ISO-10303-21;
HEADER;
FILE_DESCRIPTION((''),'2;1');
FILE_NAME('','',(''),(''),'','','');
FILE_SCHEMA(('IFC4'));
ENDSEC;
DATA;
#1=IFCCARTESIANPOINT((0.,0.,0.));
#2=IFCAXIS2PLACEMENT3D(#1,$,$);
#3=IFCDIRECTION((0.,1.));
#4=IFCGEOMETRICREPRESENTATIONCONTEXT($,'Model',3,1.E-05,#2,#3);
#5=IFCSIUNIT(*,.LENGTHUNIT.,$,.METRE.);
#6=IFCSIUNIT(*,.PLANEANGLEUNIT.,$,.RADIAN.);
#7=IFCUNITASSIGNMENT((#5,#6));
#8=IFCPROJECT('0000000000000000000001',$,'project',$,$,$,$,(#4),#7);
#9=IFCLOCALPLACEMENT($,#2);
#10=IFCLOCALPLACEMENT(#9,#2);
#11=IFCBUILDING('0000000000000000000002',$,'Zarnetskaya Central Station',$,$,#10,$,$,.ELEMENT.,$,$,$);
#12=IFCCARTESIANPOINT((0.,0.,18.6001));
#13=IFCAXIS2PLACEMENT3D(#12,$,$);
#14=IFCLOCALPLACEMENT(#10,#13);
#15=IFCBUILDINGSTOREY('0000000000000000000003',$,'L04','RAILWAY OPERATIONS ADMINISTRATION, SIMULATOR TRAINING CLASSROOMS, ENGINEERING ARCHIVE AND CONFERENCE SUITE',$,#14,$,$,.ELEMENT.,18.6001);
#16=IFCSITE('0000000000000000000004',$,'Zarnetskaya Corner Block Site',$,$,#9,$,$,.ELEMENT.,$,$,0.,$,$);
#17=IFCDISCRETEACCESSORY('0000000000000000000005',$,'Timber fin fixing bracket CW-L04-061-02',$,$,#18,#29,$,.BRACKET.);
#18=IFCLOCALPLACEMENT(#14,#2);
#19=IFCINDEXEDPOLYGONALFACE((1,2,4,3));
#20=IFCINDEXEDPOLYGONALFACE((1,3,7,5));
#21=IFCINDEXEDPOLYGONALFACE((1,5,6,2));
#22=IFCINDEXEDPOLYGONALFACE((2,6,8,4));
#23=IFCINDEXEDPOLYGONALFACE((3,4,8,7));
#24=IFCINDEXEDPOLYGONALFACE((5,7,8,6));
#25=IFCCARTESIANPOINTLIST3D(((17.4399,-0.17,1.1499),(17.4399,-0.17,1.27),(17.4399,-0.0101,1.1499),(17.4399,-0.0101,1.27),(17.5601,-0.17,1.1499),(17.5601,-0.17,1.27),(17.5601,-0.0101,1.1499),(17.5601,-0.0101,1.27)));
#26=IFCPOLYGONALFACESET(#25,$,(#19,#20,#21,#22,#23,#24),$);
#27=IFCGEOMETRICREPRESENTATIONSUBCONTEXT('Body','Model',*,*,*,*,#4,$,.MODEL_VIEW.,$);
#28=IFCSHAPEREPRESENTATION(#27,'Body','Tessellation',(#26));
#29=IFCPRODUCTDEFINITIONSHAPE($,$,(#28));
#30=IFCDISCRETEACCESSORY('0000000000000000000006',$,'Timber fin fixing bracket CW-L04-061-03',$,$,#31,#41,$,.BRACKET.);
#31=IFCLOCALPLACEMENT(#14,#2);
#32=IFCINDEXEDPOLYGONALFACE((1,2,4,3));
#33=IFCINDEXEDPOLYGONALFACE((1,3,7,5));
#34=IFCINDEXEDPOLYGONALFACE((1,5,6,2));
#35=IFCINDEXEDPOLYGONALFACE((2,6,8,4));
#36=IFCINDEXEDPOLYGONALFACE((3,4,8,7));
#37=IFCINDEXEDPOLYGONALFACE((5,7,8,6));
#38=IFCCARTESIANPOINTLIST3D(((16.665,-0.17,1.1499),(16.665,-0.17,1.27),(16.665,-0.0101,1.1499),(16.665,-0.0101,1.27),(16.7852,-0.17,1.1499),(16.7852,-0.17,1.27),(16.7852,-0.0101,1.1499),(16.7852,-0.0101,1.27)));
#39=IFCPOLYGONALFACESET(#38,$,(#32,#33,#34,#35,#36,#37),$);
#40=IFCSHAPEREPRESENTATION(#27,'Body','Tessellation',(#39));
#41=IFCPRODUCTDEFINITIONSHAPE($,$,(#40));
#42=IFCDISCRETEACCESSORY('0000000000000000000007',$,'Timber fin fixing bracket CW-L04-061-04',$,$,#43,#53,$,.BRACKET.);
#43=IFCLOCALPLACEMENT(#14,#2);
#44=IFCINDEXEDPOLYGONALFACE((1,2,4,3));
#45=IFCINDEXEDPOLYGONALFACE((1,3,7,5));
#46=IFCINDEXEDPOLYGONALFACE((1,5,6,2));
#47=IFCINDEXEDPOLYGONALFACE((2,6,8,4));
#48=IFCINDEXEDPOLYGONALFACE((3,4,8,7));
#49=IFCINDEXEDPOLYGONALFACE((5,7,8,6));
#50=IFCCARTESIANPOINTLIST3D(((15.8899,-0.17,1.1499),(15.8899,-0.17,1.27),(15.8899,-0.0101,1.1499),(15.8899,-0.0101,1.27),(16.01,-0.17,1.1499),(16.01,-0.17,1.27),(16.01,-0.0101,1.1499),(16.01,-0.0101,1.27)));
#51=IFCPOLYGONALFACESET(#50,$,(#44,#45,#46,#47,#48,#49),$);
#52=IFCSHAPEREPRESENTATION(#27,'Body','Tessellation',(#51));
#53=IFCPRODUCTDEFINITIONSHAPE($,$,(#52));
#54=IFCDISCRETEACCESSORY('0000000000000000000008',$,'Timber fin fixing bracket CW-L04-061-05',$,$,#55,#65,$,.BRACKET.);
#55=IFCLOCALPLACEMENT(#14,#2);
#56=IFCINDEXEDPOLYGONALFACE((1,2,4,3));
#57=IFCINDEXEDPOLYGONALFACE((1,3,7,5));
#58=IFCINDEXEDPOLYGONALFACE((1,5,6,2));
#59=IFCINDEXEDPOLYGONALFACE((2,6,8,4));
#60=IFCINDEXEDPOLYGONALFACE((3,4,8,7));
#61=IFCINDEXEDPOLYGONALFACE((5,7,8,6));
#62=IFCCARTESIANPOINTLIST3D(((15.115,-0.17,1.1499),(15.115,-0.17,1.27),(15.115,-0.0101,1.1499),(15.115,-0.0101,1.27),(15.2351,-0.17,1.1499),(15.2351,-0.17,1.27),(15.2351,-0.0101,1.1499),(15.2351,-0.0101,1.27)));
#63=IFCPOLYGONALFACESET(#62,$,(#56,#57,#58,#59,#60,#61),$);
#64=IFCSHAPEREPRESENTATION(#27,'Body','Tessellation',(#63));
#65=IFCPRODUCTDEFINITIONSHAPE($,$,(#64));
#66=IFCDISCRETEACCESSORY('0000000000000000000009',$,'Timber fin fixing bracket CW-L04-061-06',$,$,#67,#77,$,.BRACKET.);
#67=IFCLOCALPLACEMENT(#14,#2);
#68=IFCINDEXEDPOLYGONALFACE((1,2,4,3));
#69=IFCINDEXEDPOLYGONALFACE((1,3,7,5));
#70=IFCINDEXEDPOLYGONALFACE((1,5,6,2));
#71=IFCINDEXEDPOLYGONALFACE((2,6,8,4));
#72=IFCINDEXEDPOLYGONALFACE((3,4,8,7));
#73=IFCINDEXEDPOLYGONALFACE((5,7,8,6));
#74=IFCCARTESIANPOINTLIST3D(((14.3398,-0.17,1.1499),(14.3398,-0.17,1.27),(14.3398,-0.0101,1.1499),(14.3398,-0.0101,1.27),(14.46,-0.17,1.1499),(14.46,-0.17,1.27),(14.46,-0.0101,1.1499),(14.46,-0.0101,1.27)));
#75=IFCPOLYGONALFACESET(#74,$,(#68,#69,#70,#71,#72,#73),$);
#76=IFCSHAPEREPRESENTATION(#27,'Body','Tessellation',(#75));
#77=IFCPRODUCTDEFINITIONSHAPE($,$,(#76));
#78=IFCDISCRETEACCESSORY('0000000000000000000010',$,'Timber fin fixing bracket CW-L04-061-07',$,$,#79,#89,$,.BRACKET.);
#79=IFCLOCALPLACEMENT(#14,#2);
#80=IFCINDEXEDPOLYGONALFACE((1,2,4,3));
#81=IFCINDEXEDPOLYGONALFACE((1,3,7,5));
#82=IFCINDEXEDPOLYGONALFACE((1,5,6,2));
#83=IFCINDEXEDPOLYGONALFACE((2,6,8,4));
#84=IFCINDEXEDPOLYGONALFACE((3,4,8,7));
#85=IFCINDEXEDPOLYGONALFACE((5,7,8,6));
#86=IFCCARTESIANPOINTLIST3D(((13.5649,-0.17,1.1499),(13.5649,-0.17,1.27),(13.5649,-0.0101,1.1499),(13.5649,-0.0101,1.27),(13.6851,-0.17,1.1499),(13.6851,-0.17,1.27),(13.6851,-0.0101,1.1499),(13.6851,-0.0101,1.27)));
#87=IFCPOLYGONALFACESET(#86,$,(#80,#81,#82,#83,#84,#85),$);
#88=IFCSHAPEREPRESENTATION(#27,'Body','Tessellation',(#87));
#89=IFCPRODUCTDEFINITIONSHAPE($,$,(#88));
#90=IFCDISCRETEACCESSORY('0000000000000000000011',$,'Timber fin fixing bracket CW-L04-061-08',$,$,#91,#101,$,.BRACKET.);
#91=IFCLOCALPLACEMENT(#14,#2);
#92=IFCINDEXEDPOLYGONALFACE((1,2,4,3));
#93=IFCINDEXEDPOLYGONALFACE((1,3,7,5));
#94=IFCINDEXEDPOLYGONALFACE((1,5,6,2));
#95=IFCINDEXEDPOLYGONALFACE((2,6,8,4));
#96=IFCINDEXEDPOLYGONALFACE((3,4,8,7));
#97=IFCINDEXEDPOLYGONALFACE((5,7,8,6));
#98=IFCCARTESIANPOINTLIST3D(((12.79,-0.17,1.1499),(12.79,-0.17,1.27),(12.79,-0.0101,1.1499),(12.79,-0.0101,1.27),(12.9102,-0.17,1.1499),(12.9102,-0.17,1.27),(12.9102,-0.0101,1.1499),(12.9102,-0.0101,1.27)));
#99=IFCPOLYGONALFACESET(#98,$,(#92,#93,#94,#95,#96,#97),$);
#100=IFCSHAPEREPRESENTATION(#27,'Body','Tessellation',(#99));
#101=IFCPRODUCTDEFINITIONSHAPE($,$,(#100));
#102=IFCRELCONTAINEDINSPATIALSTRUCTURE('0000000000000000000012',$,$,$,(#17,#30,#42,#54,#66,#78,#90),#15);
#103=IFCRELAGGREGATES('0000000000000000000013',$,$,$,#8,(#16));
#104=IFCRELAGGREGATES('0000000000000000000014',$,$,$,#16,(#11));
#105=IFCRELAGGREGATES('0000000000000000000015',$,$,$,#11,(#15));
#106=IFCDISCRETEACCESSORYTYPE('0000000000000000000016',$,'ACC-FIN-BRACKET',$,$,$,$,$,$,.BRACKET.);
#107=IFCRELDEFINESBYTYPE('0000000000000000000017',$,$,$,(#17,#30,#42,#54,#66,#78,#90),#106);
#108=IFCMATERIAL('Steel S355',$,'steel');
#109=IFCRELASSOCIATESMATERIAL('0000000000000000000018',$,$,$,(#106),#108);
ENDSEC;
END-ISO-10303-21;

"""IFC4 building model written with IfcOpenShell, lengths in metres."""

from ifc_helpers import new_model, si_unit, direction, frame, origin, origin_2d, place, context, subcontext, project, spatial, rectangle, extrude, material, type_object, element, save


model = new_model("IFC4")

# Units and contexts
model_context = context("Model", 3, precision=1e-05, world=origin(), true_north=direction((0.0, 1.0)))
body_context = subcontext(model_context, "Body", "Model", "MODEL_VIEW")
ifc_project = project(units=[si_unit("LENGTHUNIT", "METRE"), si_unit("PLANEANGLEUNIT", "RADIAN")], contexts=[model_context])

# Site, building, storey
site_placement = place(None, origin())
site = spatial("IfcSite", under=ifc_project, at=site_placement, Name="Zarnetskaya Corner Block Site", CompositionType="ELEMENT", RefElevation=0.0)
building_placement = place(site_placement, origin())
building = spatial("IfcBuilding", under=site, at=building_placement, Name="Zarnetskaya Central Station", CompositionType="ELEMENT")
storey_placement = place(building_placement, frame((0.0, 0.0, 18.6001)))
storey = spatial("IfcBuildingStorey", under=building, at=storey_placement, Name="L04", Description="RAILWAY OPERATIONS ADMINISTRATION, SIMULATOR TRAINING CLASSROOMS, ENGINEERING ARCHIVE AND CONFERENCE SUITE", CompositionType="ELEMENT", Elevation=18.6001)

# Discrete accessories
ifc_material_1 = material(Name="Steel S355", Category="steel")
discrete_accessory_type = type_object("IfcDiscreteAccessoryType", Name="ACC-FIN-BRACKET", PredefinedType="BRACKET", material=ifc_material_1)
for number, where, z_axis, x_axis, name in (
    (1, (17.5, -0.0901, 1.1499), (0.0, 0.0, 1.0), (-1.0, 0.0, 0.0), "Timber fin fixing bracket CW-L04-061-02"),
    (2, (16.7251, -0.0901, 1.1499), (0.0, 0.0, 1.0), (-1.0, 0.0, 0.0), "Timber fin fixing bracket CW-L04-061-03"),
    (3, (15.95, -0.0901, 1.1499), (0.0, 0.0, 1.0), (-1.0, 0.0, 0.0), "Timber fin fixing bracket CW-L04-061-04"),
    (4, (15.175, -0.0901, 1.1499), (0.0, 0.0, 1.0), (-1.0, 0.0, 0.0), "Timber fin fixing bracket CW-L04-061-05"),
    (5, (14.3999, -0.0901, 1.1499), (0.0, 0.0, 1.0), (-1.0, 0.0, 0.0), "Timber fin fixing bracket CW-L04-061-06"),
    (6, (13.625, -0.0901, 1.1499), (0.0, 0.0, 1.0), (-1.0, 0.0, 0.0), "Timber fin fixing bracket CW-L04-061-07"),
    (7, (12.8501, -0.0901, 1.1499), (0.0, 0.0, 1.0), (-1.0, 0.0, 0.0), "Timber fin fixing bracket CW-L04-061-08"),
):
    element("IfcDiscreteAccessory", number, at=place(storey_placement, frame(where, z_axis=z_axis, x_axis=x_axis)), inside=storey, type_object=discrete_accessory_type, Name=name, PredefinedType="BRACKET", context=body_context, shape_type="SweptSolid", body=[
        extrude(rectangle(XDim=0.1201, YDim=0.1599, at=origin_2d()), origin(), (0.0, 0.0, 1.0), 0.1201),
    ])

save(model, "model.ifc")
